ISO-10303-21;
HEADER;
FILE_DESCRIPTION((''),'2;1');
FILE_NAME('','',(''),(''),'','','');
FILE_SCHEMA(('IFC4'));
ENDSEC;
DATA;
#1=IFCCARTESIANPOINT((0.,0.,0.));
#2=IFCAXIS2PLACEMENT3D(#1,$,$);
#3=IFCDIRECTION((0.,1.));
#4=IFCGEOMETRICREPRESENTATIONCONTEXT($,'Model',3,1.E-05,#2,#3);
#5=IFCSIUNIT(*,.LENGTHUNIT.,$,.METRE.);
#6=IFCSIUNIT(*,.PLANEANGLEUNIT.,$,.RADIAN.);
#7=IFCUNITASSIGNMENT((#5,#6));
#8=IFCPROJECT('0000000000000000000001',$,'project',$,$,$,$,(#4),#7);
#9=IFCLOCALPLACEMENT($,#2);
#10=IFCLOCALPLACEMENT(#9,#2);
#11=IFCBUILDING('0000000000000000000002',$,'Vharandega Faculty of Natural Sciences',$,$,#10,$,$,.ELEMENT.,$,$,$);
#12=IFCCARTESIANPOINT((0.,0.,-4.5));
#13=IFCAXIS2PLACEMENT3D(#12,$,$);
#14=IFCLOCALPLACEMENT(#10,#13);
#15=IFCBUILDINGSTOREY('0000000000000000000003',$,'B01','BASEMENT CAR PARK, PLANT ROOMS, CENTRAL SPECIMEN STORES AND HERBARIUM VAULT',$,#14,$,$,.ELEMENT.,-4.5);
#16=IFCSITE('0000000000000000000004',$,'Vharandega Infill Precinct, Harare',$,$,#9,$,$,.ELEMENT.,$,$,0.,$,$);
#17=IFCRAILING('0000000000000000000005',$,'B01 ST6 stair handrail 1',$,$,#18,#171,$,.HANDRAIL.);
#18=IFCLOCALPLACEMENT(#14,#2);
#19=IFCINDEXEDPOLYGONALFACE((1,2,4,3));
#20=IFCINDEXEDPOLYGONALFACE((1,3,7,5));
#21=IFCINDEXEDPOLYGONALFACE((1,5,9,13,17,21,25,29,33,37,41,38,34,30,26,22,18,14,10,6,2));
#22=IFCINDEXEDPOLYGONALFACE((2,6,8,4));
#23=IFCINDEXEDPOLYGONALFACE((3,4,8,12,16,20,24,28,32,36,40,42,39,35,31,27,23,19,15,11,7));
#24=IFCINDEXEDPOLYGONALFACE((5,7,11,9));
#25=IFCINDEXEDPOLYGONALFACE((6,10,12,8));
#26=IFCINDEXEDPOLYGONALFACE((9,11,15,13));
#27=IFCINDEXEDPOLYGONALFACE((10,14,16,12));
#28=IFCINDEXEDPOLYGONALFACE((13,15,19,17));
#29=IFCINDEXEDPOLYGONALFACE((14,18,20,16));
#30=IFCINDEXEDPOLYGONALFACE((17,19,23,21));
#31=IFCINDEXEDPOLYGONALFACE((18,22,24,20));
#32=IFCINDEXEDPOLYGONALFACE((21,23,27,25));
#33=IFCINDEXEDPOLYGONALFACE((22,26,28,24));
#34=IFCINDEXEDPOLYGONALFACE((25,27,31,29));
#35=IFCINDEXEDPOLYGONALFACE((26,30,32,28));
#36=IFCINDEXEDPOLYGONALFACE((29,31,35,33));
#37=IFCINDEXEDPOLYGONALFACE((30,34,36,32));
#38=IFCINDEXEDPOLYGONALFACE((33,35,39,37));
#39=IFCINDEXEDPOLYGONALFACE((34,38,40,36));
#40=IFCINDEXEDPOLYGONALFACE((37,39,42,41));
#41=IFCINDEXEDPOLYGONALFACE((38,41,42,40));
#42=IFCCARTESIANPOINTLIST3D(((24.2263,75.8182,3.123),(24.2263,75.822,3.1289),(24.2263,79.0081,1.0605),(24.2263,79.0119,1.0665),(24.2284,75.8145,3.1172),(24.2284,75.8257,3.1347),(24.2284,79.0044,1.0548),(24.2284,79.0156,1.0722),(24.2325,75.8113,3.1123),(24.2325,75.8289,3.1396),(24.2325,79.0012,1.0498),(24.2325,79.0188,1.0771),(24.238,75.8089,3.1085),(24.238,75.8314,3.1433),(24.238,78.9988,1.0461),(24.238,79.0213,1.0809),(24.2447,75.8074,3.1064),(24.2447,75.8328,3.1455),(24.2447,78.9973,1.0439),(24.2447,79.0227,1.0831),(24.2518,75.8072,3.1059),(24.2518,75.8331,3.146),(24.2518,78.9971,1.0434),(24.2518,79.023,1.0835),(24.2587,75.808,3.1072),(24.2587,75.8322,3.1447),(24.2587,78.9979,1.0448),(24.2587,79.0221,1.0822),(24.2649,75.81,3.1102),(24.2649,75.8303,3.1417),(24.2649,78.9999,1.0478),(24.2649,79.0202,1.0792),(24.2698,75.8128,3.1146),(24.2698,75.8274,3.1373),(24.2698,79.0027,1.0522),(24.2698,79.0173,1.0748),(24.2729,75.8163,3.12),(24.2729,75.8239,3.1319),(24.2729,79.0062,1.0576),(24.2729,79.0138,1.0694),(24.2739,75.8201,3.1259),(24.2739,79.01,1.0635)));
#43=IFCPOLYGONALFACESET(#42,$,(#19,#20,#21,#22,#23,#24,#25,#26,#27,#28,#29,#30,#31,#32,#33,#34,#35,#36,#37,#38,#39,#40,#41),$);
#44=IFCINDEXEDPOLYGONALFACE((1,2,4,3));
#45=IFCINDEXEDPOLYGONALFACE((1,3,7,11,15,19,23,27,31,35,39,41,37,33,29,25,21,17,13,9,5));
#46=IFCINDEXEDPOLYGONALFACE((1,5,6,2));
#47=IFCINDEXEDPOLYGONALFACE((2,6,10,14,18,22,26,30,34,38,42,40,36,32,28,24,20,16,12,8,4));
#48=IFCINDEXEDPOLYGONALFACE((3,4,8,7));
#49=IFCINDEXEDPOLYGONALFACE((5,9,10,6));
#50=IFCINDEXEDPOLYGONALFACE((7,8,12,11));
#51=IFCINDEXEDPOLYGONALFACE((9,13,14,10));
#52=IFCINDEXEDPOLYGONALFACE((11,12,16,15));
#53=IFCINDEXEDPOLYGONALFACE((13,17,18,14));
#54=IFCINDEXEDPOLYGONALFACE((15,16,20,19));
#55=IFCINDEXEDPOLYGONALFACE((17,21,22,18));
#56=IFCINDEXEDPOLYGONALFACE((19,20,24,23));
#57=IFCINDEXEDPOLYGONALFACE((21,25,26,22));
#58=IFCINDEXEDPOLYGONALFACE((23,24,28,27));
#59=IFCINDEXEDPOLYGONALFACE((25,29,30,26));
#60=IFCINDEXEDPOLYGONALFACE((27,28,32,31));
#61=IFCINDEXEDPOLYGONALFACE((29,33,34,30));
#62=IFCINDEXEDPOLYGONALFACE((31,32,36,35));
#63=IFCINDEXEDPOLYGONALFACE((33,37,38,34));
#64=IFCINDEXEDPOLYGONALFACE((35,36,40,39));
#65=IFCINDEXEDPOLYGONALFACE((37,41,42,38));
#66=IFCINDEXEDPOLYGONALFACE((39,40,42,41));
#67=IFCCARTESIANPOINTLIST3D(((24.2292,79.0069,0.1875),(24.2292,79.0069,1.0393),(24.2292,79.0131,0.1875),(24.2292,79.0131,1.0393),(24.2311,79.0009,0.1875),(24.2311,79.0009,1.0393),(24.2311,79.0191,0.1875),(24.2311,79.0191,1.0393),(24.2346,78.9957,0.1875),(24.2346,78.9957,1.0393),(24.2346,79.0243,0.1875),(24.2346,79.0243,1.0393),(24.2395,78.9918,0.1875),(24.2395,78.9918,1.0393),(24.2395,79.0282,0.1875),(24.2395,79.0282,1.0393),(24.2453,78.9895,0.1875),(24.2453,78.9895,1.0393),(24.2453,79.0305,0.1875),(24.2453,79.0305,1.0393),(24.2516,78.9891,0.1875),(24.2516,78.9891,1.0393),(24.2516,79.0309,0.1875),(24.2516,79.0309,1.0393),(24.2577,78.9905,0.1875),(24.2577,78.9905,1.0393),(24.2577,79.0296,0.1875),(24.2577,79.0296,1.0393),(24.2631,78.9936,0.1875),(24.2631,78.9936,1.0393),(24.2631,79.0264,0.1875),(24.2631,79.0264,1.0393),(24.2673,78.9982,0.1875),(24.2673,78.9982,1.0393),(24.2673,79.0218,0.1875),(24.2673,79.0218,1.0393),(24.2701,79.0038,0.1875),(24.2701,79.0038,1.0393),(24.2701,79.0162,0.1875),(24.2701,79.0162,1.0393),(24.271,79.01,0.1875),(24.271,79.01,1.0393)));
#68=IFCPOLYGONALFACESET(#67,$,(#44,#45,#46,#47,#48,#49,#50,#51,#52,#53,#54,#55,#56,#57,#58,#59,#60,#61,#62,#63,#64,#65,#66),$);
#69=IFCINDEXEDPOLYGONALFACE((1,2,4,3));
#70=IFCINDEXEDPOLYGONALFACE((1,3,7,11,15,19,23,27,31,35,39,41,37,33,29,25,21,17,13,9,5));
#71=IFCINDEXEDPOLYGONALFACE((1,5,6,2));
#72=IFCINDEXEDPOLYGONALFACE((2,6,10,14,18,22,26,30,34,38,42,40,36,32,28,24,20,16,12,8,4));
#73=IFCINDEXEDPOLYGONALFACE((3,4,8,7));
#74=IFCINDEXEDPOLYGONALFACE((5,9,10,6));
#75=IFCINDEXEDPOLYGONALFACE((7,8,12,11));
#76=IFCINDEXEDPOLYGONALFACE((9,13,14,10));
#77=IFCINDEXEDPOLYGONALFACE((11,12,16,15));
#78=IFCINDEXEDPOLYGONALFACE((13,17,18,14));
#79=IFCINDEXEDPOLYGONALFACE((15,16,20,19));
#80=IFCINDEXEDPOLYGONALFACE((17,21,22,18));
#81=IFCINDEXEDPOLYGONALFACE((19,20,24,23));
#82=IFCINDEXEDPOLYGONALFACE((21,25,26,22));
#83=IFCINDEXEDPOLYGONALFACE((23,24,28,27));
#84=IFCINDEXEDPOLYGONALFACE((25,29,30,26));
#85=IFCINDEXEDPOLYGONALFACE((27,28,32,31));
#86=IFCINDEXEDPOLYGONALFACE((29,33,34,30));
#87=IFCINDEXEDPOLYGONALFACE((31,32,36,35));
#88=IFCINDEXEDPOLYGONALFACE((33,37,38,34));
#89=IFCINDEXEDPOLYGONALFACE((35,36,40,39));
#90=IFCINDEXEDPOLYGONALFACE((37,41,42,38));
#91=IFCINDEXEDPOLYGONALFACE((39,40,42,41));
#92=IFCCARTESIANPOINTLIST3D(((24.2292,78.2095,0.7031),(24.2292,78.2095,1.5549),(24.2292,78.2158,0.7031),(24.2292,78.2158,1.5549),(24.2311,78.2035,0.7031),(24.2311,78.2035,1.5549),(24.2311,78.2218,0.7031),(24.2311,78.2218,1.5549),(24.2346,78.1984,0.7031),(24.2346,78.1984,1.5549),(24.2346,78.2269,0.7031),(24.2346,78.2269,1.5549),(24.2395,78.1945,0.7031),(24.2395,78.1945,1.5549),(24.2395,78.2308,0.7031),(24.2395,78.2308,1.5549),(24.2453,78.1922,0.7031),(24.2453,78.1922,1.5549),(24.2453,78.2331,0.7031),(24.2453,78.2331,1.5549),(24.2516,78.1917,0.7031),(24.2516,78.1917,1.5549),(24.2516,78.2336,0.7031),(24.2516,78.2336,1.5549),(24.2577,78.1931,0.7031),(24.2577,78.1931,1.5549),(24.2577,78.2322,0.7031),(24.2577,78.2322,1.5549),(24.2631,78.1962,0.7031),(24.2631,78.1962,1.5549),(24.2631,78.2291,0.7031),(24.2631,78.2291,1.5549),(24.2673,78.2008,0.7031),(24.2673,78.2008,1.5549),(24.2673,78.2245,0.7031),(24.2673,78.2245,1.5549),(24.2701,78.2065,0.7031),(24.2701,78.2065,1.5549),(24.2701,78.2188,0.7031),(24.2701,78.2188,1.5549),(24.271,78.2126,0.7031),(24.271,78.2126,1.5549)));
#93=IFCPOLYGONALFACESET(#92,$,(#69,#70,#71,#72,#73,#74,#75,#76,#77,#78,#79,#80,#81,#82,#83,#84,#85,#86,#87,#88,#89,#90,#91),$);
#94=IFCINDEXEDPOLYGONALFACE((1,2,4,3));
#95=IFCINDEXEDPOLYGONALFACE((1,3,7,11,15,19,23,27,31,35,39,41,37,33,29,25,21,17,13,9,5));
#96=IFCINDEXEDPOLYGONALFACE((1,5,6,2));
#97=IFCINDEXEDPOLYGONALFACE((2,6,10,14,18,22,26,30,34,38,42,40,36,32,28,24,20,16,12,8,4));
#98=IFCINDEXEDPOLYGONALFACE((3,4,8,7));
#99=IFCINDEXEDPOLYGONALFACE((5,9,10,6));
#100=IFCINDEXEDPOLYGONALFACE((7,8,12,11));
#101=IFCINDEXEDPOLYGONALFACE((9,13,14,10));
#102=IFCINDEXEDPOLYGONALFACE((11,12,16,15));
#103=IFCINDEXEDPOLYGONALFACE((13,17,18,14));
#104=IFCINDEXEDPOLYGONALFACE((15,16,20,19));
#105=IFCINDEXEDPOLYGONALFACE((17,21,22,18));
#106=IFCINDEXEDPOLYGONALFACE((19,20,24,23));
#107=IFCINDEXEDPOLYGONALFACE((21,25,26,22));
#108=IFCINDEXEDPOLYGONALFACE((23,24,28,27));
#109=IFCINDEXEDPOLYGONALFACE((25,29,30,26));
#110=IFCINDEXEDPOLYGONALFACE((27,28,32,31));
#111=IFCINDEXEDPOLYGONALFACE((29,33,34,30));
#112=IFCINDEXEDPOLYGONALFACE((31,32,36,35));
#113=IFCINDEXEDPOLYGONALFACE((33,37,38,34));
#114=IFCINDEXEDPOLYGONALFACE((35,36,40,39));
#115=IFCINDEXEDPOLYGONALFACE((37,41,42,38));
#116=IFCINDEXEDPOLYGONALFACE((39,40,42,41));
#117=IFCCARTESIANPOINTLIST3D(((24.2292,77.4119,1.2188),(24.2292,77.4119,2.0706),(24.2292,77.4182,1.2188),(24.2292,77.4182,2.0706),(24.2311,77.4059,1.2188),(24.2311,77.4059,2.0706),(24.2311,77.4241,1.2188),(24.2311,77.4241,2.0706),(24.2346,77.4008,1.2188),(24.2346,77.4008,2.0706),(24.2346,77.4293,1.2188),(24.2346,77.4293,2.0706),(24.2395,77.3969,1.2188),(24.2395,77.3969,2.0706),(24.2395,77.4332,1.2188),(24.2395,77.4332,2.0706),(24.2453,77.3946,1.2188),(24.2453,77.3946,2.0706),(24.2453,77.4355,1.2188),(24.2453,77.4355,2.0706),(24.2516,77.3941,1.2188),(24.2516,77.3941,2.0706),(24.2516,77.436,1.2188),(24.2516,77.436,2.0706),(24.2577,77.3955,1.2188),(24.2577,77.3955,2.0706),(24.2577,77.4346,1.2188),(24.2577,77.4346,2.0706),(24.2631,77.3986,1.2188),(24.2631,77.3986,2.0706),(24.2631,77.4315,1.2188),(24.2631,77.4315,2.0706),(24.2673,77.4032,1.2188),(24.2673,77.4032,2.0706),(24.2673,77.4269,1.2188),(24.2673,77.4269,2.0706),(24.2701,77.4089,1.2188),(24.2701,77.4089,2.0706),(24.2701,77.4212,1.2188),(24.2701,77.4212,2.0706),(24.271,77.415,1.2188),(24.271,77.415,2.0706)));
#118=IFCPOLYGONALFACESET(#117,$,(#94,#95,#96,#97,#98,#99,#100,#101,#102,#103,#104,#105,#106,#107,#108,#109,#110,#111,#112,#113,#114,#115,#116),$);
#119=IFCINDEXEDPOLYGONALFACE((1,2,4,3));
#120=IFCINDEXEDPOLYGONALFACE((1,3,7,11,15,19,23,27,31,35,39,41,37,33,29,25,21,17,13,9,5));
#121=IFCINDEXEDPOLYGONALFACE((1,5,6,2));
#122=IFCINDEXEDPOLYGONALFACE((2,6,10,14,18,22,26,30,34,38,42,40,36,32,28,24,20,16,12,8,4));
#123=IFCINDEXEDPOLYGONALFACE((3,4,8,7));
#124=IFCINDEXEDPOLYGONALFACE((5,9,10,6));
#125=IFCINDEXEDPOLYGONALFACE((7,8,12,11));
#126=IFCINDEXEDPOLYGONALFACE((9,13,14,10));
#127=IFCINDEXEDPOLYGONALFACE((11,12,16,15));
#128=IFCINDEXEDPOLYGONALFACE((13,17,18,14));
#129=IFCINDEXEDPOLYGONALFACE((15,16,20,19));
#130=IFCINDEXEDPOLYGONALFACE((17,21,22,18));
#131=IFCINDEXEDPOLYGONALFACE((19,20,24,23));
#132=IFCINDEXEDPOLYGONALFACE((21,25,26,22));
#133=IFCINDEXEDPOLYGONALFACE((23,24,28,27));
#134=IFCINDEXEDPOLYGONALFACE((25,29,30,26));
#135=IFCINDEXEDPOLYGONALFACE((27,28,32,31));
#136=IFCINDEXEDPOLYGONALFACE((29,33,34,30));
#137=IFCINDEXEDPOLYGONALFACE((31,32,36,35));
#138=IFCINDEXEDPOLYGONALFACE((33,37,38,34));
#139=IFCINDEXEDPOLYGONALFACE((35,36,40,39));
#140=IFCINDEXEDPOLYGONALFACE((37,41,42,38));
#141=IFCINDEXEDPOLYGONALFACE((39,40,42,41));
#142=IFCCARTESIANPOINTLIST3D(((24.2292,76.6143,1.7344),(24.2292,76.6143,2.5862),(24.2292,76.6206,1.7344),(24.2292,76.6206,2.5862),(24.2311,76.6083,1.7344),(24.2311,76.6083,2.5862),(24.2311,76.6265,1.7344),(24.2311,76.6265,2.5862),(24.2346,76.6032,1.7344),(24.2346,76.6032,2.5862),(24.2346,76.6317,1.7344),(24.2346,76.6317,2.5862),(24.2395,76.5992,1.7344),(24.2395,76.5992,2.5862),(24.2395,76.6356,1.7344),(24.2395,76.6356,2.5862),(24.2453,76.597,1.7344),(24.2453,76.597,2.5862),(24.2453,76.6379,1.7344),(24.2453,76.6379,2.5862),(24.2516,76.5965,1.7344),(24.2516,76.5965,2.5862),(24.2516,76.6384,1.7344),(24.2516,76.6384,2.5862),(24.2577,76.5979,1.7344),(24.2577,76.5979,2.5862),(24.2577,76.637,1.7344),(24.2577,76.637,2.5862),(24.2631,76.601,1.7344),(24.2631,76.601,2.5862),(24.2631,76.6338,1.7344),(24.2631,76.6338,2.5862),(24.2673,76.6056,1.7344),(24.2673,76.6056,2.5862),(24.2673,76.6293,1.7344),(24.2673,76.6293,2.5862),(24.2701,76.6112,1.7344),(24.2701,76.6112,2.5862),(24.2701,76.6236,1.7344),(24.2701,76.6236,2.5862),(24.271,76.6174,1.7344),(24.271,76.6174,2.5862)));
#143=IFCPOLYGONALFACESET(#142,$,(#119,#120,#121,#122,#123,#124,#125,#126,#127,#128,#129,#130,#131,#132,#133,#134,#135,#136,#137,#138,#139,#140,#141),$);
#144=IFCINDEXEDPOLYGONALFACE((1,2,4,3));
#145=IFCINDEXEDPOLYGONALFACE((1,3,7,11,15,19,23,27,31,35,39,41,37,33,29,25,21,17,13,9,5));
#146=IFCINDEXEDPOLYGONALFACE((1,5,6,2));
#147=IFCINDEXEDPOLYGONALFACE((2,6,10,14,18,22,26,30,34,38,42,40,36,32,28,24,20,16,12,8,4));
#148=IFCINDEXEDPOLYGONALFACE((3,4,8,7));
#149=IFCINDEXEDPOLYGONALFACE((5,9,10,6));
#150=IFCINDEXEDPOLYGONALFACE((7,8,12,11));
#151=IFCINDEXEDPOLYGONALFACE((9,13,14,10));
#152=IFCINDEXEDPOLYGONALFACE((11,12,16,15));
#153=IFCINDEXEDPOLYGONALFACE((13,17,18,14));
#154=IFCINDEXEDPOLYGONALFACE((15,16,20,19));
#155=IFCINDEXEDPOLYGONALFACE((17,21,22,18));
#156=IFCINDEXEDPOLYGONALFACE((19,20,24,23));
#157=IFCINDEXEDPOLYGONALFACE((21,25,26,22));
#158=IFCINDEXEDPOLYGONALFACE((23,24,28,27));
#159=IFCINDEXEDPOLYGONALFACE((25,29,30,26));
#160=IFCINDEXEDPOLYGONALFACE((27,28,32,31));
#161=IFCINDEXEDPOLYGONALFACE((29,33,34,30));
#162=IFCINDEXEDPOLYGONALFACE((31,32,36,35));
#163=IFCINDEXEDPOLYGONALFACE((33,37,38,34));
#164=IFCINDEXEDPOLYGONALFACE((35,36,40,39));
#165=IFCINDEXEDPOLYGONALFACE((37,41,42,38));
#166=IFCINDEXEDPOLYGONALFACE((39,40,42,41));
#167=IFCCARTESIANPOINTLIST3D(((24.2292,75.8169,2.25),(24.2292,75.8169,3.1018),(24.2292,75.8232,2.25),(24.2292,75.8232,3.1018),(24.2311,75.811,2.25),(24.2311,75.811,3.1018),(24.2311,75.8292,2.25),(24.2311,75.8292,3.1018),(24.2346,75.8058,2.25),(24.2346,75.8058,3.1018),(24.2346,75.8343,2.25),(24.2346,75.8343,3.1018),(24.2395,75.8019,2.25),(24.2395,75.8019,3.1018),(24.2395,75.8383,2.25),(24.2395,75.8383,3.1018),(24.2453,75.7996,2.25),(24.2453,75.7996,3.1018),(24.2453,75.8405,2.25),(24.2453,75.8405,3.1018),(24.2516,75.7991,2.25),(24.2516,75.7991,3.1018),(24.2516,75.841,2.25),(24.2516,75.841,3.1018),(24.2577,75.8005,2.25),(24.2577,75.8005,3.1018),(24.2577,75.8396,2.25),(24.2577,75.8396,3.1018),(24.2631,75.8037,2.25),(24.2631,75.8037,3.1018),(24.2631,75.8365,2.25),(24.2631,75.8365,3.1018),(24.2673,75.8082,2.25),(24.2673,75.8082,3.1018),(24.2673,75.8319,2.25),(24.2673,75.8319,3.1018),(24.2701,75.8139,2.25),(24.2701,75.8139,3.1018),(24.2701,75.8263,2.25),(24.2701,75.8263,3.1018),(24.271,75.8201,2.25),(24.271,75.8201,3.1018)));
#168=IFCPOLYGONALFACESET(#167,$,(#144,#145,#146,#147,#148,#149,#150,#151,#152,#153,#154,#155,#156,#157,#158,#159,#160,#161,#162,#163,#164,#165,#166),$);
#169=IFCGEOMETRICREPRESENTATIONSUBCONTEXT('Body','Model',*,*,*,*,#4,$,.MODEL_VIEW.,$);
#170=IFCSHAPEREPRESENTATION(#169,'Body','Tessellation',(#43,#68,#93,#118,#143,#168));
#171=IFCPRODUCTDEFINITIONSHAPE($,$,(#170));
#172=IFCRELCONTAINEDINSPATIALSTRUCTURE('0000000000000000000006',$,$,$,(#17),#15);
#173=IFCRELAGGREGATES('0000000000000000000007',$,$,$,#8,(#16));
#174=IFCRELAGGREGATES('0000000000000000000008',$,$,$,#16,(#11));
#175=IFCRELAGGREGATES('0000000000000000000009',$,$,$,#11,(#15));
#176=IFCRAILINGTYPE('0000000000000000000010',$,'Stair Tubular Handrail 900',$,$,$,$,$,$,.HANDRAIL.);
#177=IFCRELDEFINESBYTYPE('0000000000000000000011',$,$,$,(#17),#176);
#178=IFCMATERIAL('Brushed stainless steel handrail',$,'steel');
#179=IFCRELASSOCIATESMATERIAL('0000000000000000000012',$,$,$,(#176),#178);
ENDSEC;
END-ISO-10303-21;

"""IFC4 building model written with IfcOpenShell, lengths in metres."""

from ifc_helpers import new_model, si_unit, direction, frame, origin, origin_2d, place, context, subcontext, project, spatial, circle, extrude, material, type_object, element, save


model = new_model("IFC4")

# Units and contexts
model_context = context("Model", 3, precision=1e-05, world=origin(), true_north=direction((0.0, 1.0)))
body_context = subcontext(model_context, "Body", "Model", "MODEL_VIEW")
ifc_project = project(units=[si_unit("LENGTHUNIT", "METRE"), si_unit("PLANEANGLEUNIT", "RADIAN")], contexts=[model_context])

# Site, building, storey
site_placement = place(None, origin())
site = spatial("IfcSite", under=ifc_project, at=site_placement, Name="Vharandega Infill Precinct, Harare", CompositionType="ELEMENT", RefElevation=0.0)
building_placement = place(site_placement, origin())
building = spatial("IfcBuilding", under=site, at=building_placement, Name="Vharandega Faculty of Natural Sciences", CompositionType="ELEMENT")
storey_placement = place(building_placement, frame((0.0, 0.0, -4.5)))
storey = spatial("IfcBuildingStorey", under=building, at=storey_placement, Name="B01", Description="BASEMENT CAR PARK, PLANT ROOMS, CENTRAL SPECIMEN STORES AND HERBARIUM VAULT", CompositionType="ELEMENT", Elevation=-4.5)

# Railing
ifc_material_1 = material(Name="Brushed stainless steel handrail", Category="steel")
railing_type_1 = type_object("IfcRailingType", Name="Stair Tubular Handrail 900", PredefinedType="HANDRAIL", material=ifc_material_1)
railing_1_placement = place(storey_placement, frame((24.25, 79.01, 0.1875)))
element("IfcRailing", 1, at=railing_1_placement, inside=storey, type_object=railing_type_1, Name="B01 ST6 stair handrail 1", PredefinedType="HANDRAIL", context=body_context, shape_type="SweptSolid", body=[
    extrude(circle(Radius=0.0239, at=origin_2d()), frame((0.0, 0.0, 0.876), z_axis=(0.0, -0.83976, 0.542958), x_axis=(1.0, 0.0, 0.0)), (0.0, 0.0, 1.0), 3.7986),
    extrude(circle(Radius=0.021, at=origin_2d()), origin(), (0.0, 0.0, 1.0), 0.8518),
    extrude(circle(Radius=0.021, at=origin_2d()), frame((0.0, -0.7974, 0.5156)), (0.0, 0.0, 1.0), 0.8518),
    extrude(circle(Radius=0.021, at=origin_2d()), frame((0.0, -1.595, 1.0312)), (0.0, 0.0, 1.0), 0.8518),
    extrude(circle(Radius=0.021, at=origin_2d()), frame((0.0, -2.3926, 1.5469)), (0.0, 0.0, 1.0), 0.8518),
    extrude(circle(Radius=0.021, at=origin_2d()), frame((0.0, -3.1899, 2.0625)), (0.0, 0.0, 1.0), 0.8518),
])

save(model, "model.ifc")
